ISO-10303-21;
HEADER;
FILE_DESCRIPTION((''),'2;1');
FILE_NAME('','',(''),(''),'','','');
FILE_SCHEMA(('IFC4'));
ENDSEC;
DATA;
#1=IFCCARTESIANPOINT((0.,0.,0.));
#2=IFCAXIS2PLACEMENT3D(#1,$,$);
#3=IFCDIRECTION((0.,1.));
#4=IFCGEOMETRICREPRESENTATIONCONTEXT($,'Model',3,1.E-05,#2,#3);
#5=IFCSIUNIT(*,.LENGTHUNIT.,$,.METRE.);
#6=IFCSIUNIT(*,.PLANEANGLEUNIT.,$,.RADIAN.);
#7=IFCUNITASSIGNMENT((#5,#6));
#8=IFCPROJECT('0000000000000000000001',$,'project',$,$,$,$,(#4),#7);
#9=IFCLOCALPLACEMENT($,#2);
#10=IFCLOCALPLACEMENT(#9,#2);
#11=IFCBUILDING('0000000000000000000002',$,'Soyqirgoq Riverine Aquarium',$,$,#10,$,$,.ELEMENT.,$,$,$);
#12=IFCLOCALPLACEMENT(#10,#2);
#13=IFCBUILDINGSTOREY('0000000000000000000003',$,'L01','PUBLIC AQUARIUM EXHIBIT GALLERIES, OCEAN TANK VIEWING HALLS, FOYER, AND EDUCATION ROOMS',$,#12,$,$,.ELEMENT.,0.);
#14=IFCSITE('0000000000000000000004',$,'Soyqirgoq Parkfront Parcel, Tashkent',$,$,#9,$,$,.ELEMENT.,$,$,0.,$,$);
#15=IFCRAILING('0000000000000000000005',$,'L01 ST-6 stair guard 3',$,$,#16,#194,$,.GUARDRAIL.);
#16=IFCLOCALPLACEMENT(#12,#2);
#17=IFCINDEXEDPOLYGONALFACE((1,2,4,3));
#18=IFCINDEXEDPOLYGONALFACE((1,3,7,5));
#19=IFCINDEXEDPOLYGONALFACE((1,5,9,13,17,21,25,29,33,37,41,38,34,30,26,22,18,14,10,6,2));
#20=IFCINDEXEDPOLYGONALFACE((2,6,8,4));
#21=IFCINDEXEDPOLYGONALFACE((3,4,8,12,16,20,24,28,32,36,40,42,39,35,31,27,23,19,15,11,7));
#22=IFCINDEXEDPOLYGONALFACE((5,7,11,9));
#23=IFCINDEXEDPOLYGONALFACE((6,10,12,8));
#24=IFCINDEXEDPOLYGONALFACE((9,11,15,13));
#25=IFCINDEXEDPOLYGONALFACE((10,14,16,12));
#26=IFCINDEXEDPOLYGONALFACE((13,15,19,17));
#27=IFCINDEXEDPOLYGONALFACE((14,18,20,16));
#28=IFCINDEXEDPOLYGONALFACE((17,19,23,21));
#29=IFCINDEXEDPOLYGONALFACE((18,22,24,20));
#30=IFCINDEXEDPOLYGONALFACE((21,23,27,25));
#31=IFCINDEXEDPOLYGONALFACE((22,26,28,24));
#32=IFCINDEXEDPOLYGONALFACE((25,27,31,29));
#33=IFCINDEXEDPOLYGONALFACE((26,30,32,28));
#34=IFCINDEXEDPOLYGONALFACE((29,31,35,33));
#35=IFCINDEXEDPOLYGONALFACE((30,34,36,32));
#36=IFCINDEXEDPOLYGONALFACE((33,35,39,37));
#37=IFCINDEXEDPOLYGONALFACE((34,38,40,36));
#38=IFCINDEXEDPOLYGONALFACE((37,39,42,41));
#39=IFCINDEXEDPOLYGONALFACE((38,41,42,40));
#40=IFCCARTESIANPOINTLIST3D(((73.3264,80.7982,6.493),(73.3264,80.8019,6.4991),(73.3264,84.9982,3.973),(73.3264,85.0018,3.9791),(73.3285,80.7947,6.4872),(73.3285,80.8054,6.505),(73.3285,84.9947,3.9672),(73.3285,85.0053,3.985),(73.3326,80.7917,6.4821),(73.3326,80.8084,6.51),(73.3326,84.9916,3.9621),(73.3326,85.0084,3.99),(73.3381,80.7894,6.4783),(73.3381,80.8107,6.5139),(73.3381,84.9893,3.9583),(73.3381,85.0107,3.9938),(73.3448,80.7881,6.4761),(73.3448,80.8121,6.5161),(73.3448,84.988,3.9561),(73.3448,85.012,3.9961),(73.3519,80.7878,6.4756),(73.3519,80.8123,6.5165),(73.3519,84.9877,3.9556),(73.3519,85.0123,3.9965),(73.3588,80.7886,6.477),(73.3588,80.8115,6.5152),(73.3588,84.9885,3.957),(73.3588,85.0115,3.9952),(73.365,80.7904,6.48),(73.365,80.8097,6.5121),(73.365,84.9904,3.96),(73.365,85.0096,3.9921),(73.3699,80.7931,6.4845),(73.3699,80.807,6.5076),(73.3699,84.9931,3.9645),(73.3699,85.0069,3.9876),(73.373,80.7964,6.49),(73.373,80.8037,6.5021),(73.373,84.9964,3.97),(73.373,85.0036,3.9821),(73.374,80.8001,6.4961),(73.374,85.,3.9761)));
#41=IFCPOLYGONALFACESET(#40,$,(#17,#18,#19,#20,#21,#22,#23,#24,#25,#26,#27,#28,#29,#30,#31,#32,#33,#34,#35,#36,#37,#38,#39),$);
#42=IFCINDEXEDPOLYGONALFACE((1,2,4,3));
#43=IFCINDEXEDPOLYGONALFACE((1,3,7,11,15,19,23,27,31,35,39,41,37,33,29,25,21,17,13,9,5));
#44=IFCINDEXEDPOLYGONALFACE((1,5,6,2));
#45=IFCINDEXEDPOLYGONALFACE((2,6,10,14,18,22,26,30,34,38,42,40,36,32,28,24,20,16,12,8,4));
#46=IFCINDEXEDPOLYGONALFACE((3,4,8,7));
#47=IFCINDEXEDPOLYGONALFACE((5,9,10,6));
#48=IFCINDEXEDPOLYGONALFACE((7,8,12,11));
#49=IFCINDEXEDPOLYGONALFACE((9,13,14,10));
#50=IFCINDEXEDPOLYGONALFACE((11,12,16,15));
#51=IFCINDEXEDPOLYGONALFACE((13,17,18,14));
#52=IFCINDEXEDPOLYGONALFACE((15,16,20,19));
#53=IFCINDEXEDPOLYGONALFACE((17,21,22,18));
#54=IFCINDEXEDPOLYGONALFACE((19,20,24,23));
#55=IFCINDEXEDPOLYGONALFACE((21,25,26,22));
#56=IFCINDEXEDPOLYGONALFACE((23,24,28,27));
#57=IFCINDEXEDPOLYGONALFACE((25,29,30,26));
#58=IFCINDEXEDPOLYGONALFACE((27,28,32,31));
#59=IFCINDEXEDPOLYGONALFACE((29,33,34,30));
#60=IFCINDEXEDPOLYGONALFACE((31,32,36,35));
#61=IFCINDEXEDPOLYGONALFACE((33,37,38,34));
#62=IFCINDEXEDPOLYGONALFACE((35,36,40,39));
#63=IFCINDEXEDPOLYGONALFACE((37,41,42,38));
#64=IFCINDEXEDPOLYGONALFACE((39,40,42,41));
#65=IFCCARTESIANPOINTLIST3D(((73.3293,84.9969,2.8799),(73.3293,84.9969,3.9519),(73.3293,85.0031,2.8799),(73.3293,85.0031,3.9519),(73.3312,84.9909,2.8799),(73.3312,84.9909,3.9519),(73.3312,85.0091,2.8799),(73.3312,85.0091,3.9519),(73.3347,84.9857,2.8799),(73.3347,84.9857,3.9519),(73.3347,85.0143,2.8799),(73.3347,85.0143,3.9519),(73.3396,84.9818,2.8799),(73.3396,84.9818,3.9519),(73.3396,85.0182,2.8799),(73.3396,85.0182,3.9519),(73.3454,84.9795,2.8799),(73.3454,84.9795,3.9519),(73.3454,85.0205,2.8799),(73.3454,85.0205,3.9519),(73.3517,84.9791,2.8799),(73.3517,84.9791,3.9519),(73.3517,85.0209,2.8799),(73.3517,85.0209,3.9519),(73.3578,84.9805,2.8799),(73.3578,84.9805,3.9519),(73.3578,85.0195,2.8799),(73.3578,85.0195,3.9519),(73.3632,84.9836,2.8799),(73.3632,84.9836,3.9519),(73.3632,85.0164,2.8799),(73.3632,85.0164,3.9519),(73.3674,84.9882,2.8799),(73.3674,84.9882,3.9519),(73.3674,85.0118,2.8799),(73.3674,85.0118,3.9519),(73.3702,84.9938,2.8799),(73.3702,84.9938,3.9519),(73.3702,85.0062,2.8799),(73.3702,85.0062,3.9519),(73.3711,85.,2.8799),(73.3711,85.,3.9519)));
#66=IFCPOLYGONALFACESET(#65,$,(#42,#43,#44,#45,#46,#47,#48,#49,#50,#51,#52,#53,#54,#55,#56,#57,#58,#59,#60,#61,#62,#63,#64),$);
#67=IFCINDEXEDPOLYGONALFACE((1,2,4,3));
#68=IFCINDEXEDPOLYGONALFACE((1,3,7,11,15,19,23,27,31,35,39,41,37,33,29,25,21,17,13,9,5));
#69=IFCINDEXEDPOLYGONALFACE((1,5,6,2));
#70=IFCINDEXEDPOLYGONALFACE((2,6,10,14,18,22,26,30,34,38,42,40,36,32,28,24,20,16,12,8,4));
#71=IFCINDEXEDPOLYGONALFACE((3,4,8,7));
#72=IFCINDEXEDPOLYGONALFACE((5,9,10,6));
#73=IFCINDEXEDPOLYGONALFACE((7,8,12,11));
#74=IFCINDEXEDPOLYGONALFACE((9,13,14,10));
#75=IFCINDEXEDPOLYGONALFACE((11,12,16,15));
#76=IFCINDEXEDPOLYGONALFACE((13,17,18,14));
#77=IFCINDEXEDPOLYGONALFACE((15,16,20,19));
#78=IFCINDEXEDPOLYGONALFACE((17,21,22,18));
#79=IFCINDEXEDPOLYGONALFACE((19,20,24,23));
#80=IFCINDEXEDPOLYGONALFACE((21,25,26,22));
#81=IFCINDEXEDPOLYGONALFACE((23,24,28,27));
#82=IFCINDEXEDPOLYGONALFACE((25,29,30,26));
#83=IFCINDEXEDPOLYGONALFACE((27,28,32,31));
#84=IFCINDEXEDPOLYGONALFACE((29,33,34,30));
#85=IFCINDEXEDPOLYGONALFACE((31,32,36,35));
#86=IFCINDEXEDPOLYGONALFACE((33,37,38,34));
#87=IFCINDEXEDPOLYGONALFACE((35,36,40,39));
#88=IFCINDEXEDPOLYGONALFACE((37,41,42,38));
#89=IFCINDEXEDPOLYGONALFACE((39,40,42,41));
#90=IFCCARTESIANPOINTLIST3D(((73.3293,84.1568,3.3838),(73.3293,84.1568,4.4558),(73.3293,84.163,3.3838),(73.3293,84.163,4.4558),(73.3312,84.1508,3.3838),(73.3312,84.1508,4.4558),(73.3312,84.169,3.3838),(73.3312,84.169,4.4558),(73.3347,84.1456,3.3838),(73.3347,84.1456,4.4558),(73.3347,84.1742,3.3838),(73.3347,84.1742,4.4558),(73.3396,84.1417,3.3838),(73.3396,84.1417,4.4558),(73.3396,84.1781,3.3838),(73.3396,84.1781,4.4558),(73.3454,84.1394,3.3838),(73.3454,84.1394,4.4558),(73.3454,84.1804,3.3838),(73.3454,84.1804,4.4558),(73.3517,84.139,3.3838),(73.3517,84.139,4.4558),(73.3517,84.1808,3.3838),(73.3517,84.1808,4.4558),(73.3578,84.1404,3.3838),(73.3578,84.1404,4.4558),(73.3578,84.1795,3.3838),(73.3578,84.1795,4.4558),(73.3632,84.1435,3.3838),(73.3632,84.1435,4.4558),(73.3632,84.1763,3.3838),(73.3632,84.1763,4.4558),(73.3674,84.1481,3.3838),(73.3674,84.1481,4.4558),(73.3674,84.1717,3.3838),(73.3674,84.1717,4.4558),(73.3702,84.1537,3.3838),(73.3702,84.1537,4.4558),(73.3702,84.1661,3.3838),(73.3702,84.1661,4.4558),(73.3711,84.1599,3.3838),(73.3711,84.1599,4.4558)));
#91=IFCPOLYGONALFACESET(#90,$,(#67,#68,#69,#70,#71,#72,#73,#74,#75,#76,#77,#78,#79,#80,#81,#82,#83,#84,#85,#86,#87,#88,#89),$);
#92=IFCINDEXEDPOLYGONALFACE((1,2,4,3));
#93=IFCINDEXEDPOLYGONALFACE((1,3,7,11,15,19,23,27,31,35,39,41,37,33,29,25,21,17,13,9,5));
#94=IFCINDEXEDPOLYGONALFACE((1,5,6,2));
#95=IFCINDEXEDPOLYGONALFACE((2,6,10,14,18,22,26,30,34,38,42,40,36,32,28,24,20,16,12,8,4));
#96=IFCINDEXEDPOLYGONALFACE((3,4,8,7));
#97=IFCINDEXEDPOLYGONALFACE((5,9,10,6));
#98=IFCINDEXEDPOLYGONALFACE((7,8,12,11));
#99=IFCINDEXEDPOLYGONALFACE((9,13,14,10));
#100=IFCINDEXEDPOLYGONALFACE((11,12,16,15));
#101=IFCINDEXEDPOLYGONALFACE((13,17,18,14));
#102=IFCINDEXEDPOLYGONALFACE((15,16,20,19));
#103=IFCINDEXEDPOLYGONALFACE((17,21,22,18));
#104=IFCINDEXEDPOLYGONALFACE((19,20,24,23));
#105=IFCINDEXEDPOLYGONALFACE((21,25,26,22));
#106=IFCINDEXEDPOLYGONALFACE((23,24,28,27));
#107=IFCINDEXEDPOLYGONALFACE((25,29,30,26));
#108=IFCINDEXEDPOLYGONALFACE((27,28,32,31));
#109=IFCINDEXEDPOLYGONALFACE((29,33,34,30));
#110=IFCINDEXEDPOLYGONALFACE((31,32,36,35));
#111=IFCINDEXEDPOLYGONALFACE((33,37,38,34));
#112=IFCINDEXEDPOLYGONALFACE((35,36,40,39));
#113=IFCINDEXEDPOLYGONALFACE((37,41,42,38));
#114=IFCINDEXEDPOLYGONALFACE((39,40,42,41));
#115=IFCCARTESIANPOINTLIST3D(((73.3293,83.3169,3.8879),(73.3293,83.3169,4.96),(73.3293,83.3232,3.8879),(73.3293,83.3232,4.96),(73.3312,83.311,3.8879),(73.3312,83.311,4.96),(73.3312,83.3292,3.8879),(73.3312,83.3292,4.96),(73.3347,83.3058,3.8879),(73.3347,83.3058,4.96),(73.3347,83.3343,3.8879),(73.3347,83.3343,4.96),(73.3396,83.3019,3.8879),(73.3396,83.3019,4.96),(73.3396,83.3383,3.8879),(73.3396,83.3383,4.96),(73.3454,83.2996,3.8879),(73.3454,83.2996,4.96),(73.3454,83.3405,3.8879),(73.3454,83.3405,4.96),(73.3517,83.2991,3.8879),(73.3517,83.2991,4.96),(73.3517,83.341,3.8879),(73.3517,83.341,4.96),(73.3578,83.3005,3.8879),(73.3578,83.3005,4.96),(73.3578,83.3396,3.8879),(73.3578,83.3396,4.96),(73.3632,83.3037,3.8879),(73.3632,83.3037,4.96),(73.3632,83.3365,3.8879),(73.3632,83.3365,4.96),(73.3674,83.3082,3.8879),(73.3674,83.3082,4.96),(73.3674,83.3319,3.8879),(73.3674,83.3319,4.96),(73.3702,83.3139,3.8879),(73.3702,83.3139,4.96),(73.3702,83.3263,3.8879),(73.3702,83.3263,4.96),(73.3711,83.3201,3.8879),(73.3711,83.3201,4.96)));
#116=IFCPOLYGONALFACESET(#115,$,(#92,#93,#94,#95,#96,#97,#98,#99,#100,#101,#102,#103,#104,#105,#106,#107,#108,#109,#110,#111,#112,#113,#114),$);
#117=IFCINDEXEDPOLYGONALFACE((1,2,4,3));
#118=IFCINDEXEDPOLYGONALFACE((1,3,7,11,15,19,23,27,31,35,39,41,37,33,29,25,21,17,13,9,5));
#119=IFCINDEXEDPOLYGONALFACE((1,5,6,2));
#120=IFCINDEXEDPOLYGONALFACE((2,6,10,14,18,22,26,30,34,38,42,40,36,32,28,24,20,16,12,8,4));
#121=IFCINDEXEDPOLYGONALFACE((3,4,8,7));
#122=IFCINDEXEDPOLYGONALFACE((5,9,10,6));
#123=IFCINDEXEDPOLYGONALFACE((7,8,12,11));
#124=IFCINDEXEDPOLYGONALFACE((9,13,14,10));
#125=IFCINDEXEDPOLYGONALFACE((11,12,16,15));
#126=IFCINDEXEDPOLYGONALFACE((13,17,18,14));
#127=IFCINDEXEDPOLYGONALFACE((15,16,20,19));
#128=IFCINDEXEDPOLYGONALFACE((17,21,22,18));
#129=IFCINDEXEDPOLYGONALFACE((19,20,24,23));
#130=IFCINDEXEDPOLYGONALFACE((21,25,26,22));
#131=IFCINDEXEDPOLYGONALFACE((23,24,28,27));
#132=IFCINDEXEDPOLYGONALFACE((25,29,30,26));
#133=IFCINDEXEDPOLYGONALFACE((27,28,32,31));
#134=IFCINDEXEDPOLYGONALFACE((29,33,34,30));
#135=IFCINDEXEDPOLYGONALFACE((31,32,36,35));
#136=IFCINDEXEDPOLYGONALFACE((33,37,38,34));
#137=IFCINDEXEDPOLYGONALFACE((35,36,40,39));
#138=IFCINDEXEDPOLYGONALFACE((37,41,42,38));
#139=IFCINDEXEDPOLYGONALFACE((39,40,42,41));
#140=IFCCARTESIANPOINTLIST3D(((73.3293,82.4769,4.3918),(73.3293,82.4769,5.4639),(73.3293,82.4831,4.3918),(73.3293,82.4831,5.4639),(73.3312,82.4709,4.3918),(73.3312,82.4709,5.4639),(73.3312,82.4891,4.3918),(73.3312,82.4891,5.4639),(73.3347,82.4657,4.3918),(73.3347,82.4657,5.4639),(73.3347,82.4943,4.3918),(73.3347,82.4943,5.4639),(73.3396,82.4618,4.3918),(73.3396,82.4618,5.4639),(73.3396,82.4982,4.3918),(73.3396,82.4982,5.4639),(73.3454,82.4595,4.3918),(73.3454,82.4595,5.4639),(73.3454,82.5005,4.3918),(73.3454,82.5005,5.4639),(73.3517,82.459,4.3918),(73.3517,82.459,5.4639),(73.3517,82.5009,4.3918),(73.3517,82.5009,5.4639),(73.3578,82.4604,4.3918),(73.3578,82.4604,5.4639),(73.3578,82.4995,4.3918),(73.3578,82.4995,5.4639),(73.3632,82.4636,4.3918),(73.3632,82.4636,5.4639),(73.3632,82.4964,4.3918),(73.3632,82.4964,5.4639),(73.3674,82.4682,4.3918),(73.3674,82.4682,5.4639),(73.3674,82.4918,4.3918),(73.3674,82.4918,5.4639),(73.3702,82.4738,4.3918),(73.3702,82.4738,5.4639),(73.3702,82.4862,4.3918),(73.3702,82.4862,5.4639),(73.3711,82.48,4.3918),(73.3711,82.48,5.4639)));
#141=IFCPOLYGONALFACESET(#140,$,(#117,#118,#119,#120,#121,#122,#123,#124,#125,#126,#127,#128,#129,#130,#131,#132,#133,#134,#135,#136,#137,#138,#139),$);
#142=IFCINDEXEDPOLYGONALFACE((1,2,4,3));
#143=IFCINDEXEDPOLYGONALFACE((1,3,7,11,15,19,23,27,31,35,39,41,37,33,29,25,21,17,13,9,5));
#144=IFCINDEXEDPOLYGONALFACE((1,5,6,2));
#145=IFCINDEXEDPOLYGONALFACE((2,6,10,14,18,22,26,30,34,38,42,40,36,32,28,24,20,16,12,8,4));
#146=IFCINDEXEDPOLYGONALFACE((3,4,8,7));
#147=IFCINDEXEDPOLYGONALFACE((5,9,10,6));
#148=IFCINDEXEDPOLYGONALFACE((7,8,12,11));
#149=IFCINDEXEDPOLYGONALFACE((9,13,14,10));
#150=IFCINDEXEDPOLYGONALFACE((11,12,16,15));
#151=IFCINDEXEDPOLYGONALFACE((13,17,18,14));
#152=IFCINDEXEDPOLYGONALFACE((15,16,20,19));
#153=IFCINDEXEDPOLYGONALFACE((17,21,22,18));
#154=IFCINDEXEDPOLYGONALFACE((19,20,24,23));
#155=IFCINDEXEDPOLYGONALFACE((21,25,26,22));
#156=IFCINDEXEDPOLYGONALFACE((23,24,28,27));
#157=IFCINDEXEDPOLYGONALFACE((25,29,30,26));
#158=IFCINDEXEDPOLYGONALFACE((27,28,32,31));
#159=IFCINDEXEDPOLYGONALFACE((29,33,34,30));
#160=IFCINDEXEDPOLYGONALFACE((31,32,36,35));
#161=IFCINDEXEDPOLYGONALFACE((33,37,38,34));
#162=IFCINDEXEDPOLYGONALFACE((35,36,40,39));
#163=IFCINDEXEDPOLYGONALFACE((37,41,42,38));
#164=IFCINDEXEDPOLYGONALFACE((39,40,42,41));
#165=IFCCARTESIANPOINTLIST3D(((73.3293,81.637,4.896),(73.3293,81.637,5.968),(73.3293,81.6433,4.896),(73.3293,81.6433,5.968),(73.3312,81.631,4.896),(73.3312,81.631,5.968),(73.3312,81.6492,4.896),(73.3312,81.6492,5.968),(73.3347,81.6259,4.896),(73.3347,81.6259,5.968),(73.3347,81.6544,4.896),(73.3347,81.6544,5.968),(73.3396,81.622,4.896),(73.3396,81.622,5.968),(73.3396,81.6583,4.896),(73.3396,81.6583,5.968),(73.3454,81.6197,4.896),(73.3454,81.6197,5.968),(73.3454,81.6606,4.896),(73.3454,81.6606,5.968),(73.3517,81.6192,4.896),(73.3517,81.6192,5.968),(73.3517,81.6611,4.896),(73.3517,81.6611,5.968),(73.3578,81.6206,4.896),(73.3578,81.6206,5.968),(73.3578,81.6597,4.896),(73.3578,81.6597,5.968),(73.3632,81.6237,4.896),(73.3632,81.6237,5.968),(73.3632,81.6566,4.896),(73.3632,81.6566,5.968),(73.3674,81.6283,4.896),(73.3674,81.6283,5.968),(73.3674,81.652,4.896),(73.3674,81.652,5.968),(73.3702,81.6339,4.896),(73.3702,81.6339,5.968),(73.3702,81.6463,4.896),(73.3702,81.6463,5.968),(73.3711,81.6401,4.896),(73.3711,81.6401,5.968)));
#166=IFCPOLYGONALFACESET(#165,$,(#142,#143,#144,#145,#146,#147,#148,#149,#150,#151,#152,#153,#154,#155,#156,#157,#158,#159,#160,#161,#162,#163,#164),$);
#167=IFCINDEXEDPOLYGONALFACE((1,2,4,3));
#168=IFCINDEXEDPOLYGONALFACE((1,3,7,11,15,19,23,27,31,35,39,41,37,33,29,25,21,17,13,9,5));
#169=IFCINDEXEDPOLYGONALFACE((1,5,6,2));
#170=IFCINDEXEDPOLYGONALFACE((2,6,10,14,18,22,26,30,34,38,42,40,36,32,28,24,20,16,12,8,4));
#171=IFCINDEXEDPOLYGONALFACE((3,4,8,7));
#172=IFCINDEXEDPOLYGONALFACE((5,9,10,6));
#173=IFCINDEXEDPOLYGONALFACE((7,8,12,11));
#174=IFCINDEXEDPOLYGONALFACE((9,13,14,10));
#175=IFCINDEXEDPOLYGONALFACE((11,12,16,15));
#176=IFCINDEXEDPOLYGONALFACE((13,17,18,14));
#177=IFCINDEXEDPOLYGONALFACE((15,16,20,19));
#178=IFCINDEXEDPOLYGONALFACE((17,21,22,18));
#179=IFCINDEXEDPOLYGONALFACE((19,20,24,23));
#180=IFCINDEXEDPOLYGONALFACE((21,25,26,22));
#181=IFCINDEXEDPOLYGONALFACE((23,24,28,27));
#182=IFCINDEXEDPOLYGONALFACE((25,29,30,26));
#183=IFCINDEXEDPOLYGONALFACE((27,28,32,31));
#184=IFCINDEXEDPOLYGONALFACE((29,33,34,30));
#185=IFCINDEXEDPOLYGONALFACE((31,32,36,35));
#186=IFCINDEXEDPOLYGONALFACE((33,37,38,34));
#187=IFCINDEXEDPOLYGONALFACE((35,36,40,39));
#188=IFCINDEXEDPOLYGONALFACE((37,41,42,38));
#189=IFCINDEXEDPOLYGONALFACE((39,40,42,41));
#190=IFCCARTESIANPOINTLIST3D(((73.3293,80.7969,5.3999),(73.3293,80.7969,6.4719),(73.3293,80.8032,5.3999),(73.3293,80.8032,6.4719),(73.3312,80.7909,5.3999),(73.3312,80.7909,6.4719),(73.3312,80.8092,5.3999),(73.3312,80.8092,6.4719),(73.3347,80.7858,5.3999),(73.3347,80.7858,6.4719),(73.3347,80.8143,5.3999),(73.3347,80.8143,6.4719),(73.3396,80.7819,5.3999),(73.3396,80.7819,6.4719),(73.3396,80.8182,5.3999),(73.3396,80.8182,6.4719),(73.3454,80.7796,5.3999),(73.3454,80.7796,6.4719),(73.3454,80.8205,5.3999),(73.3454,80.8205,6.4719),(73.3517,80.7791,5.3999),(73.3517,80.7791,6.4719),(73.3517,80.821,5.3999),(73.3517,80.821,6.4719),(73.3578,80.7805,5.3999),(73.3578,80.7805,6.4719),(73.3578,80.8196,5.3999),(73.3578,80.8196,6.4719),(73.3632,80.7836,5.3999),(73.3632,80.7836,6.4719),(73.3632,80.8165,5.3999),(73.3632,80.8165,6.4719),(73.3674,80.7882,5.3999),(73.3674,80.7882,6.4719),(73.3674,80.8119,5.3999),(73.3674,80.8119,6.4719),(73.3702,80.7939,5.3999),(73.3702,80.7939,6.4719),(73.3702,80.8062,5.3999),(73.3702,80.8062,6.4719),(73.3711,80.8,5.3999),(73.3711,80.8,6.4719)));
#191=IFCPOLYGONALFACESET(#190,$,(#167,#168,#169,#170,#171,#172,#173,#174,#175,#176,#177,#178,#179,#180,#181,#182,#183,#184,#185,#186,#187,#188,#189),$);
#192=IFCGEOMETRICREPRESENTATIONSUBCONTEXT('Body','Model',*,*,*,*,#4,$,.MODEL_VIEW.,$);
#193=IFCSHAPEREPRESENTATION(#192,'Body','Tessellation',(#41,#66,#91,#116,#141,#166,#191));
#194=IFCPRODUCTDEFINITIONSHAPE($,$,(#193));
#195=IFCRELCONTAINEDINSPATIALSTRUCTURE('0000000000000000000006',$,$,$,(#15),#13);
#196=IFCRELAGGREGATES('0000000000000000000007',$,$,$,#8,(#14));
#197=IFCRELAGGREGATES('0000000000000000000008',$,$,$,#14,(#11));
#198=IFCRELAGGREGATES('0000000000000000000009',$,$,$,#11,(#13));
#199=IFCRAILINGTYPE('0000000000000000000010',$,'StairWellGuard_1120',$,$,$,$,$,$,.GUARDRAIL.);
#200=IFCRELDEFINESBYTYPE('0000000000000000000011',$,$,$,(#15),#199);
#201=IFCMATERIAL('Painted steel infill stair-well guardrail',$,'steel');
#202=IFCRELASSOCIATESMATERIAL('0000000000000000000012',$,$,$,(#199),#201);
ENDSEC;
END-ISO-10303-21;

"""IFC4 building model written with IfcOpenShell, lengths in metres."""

from ifc_helpers import new_model, si_unit, direction, frame, origin, origin_2d, place, context, subcontext, project, spatial, circle, extrude, material, type_object, element, save


model = new_model("IFC4")

# Units and contexts
model_context = context("Model", 3, precision=1e-05, world=origin(), true_north=direction((0.0, 1.0)))
body_context = subcontext(model_context, "Body", "Model", "MODEL_VIEW")
ifc_project = project(units=[si_unit("LENGTHUNIT", "METRE"), si_unit("PLANEANGLEUNIT", "RADIAN")], contexts=[model_context])

# Site, building, storey
site_placement = place(None, origin())
site = spatial("IfcSite", under=ifc_project, at=site_placement, Name="Soyqirgoq Parkfront Parcel, Tashkent", CompositionType="ELEMENT", RefElevation=0.0)
building_placement = place(site_placement, origin())
building = spatial("IfcBuilding", under=site, at=building_placement, Name="Soyqirgoq Riverine Aquarium", CompositionType="ELEMENT")
storey_placement = place(building_placement, origin())
storey = spatial("IfcBuildingStorey", under=building, at=storey_placement, Name="L01", Description="PUBLIC AQUARIUM EXHIBIT GALLERIES, OCEAN TANK VIEWING HALLS, FOYER, AND EDUCATION ROOMS", CompositionType="ELEMENT", Elevation=0.0)

# Railing
ifc_material_1 = material(Name="Painted steel infill stair-well guardrail", Category="steel")
railing_type_1 = type_object("IfcRailingType", Name="StairWellGuard_1120", PredefinedType="GUARDRAIL", material=ifc_material_1)
railing_1_placement = place(storey_placement, frame((73.3501, 85.0, 2.8799)))
element("IfcRailing", 1, at=railing_1_placement, inside=storey, type_object=railing_type_1, Name="L01 ST-6 stair guard 3", PredefinedType="GUARDRAIL", context=body_context, shape_type="SweptSolid", body=[
    extrude(circle(Radius=0.0239, at=origin_2d()), frame((0.0, 0.0, 1.0962), z_axis=(0.0, -0.857489, 0.514503), x_axis=(1.0, 0.0, 0.0)), (0.0, 0.0, 1.0), 4.8979),
    extrude(circle(Radius=0.021, at=origin_2d()), origin(), (0.0, 0.0, 1.0), 1.072),
    extrude(circle(Radius=0.021, at=origin_2d()), frame((0.0, -0.8401, 0.5039)), (0.0, 0.0, 1.0), 1.072),
    extrude(circle(Radius=0.021, at=origin_2d()), frame((0.0, -1.6799, 1.0081)), (0.0, 0.0, 1.0), 1.072),
    extrude(circle(Radius=0.021, at=origin_2d()), frame((0.0, -2.52, 1.512)), (0.0, 0.0, 1.0), 1.072),
    extrude(circle(Radius=0.021, at=origin_2d()), frame((0.0, -3.3599, 2.0161)), (0.0, 0.0, 1.0), 1.072),
    extrude(circle(Radius=0.021, at=origin_2d()), frame((0.0, -4.2, 2.52)), (0.0, 0.0, 1.0), 1.072),
])

save(model, "model.ifc")
